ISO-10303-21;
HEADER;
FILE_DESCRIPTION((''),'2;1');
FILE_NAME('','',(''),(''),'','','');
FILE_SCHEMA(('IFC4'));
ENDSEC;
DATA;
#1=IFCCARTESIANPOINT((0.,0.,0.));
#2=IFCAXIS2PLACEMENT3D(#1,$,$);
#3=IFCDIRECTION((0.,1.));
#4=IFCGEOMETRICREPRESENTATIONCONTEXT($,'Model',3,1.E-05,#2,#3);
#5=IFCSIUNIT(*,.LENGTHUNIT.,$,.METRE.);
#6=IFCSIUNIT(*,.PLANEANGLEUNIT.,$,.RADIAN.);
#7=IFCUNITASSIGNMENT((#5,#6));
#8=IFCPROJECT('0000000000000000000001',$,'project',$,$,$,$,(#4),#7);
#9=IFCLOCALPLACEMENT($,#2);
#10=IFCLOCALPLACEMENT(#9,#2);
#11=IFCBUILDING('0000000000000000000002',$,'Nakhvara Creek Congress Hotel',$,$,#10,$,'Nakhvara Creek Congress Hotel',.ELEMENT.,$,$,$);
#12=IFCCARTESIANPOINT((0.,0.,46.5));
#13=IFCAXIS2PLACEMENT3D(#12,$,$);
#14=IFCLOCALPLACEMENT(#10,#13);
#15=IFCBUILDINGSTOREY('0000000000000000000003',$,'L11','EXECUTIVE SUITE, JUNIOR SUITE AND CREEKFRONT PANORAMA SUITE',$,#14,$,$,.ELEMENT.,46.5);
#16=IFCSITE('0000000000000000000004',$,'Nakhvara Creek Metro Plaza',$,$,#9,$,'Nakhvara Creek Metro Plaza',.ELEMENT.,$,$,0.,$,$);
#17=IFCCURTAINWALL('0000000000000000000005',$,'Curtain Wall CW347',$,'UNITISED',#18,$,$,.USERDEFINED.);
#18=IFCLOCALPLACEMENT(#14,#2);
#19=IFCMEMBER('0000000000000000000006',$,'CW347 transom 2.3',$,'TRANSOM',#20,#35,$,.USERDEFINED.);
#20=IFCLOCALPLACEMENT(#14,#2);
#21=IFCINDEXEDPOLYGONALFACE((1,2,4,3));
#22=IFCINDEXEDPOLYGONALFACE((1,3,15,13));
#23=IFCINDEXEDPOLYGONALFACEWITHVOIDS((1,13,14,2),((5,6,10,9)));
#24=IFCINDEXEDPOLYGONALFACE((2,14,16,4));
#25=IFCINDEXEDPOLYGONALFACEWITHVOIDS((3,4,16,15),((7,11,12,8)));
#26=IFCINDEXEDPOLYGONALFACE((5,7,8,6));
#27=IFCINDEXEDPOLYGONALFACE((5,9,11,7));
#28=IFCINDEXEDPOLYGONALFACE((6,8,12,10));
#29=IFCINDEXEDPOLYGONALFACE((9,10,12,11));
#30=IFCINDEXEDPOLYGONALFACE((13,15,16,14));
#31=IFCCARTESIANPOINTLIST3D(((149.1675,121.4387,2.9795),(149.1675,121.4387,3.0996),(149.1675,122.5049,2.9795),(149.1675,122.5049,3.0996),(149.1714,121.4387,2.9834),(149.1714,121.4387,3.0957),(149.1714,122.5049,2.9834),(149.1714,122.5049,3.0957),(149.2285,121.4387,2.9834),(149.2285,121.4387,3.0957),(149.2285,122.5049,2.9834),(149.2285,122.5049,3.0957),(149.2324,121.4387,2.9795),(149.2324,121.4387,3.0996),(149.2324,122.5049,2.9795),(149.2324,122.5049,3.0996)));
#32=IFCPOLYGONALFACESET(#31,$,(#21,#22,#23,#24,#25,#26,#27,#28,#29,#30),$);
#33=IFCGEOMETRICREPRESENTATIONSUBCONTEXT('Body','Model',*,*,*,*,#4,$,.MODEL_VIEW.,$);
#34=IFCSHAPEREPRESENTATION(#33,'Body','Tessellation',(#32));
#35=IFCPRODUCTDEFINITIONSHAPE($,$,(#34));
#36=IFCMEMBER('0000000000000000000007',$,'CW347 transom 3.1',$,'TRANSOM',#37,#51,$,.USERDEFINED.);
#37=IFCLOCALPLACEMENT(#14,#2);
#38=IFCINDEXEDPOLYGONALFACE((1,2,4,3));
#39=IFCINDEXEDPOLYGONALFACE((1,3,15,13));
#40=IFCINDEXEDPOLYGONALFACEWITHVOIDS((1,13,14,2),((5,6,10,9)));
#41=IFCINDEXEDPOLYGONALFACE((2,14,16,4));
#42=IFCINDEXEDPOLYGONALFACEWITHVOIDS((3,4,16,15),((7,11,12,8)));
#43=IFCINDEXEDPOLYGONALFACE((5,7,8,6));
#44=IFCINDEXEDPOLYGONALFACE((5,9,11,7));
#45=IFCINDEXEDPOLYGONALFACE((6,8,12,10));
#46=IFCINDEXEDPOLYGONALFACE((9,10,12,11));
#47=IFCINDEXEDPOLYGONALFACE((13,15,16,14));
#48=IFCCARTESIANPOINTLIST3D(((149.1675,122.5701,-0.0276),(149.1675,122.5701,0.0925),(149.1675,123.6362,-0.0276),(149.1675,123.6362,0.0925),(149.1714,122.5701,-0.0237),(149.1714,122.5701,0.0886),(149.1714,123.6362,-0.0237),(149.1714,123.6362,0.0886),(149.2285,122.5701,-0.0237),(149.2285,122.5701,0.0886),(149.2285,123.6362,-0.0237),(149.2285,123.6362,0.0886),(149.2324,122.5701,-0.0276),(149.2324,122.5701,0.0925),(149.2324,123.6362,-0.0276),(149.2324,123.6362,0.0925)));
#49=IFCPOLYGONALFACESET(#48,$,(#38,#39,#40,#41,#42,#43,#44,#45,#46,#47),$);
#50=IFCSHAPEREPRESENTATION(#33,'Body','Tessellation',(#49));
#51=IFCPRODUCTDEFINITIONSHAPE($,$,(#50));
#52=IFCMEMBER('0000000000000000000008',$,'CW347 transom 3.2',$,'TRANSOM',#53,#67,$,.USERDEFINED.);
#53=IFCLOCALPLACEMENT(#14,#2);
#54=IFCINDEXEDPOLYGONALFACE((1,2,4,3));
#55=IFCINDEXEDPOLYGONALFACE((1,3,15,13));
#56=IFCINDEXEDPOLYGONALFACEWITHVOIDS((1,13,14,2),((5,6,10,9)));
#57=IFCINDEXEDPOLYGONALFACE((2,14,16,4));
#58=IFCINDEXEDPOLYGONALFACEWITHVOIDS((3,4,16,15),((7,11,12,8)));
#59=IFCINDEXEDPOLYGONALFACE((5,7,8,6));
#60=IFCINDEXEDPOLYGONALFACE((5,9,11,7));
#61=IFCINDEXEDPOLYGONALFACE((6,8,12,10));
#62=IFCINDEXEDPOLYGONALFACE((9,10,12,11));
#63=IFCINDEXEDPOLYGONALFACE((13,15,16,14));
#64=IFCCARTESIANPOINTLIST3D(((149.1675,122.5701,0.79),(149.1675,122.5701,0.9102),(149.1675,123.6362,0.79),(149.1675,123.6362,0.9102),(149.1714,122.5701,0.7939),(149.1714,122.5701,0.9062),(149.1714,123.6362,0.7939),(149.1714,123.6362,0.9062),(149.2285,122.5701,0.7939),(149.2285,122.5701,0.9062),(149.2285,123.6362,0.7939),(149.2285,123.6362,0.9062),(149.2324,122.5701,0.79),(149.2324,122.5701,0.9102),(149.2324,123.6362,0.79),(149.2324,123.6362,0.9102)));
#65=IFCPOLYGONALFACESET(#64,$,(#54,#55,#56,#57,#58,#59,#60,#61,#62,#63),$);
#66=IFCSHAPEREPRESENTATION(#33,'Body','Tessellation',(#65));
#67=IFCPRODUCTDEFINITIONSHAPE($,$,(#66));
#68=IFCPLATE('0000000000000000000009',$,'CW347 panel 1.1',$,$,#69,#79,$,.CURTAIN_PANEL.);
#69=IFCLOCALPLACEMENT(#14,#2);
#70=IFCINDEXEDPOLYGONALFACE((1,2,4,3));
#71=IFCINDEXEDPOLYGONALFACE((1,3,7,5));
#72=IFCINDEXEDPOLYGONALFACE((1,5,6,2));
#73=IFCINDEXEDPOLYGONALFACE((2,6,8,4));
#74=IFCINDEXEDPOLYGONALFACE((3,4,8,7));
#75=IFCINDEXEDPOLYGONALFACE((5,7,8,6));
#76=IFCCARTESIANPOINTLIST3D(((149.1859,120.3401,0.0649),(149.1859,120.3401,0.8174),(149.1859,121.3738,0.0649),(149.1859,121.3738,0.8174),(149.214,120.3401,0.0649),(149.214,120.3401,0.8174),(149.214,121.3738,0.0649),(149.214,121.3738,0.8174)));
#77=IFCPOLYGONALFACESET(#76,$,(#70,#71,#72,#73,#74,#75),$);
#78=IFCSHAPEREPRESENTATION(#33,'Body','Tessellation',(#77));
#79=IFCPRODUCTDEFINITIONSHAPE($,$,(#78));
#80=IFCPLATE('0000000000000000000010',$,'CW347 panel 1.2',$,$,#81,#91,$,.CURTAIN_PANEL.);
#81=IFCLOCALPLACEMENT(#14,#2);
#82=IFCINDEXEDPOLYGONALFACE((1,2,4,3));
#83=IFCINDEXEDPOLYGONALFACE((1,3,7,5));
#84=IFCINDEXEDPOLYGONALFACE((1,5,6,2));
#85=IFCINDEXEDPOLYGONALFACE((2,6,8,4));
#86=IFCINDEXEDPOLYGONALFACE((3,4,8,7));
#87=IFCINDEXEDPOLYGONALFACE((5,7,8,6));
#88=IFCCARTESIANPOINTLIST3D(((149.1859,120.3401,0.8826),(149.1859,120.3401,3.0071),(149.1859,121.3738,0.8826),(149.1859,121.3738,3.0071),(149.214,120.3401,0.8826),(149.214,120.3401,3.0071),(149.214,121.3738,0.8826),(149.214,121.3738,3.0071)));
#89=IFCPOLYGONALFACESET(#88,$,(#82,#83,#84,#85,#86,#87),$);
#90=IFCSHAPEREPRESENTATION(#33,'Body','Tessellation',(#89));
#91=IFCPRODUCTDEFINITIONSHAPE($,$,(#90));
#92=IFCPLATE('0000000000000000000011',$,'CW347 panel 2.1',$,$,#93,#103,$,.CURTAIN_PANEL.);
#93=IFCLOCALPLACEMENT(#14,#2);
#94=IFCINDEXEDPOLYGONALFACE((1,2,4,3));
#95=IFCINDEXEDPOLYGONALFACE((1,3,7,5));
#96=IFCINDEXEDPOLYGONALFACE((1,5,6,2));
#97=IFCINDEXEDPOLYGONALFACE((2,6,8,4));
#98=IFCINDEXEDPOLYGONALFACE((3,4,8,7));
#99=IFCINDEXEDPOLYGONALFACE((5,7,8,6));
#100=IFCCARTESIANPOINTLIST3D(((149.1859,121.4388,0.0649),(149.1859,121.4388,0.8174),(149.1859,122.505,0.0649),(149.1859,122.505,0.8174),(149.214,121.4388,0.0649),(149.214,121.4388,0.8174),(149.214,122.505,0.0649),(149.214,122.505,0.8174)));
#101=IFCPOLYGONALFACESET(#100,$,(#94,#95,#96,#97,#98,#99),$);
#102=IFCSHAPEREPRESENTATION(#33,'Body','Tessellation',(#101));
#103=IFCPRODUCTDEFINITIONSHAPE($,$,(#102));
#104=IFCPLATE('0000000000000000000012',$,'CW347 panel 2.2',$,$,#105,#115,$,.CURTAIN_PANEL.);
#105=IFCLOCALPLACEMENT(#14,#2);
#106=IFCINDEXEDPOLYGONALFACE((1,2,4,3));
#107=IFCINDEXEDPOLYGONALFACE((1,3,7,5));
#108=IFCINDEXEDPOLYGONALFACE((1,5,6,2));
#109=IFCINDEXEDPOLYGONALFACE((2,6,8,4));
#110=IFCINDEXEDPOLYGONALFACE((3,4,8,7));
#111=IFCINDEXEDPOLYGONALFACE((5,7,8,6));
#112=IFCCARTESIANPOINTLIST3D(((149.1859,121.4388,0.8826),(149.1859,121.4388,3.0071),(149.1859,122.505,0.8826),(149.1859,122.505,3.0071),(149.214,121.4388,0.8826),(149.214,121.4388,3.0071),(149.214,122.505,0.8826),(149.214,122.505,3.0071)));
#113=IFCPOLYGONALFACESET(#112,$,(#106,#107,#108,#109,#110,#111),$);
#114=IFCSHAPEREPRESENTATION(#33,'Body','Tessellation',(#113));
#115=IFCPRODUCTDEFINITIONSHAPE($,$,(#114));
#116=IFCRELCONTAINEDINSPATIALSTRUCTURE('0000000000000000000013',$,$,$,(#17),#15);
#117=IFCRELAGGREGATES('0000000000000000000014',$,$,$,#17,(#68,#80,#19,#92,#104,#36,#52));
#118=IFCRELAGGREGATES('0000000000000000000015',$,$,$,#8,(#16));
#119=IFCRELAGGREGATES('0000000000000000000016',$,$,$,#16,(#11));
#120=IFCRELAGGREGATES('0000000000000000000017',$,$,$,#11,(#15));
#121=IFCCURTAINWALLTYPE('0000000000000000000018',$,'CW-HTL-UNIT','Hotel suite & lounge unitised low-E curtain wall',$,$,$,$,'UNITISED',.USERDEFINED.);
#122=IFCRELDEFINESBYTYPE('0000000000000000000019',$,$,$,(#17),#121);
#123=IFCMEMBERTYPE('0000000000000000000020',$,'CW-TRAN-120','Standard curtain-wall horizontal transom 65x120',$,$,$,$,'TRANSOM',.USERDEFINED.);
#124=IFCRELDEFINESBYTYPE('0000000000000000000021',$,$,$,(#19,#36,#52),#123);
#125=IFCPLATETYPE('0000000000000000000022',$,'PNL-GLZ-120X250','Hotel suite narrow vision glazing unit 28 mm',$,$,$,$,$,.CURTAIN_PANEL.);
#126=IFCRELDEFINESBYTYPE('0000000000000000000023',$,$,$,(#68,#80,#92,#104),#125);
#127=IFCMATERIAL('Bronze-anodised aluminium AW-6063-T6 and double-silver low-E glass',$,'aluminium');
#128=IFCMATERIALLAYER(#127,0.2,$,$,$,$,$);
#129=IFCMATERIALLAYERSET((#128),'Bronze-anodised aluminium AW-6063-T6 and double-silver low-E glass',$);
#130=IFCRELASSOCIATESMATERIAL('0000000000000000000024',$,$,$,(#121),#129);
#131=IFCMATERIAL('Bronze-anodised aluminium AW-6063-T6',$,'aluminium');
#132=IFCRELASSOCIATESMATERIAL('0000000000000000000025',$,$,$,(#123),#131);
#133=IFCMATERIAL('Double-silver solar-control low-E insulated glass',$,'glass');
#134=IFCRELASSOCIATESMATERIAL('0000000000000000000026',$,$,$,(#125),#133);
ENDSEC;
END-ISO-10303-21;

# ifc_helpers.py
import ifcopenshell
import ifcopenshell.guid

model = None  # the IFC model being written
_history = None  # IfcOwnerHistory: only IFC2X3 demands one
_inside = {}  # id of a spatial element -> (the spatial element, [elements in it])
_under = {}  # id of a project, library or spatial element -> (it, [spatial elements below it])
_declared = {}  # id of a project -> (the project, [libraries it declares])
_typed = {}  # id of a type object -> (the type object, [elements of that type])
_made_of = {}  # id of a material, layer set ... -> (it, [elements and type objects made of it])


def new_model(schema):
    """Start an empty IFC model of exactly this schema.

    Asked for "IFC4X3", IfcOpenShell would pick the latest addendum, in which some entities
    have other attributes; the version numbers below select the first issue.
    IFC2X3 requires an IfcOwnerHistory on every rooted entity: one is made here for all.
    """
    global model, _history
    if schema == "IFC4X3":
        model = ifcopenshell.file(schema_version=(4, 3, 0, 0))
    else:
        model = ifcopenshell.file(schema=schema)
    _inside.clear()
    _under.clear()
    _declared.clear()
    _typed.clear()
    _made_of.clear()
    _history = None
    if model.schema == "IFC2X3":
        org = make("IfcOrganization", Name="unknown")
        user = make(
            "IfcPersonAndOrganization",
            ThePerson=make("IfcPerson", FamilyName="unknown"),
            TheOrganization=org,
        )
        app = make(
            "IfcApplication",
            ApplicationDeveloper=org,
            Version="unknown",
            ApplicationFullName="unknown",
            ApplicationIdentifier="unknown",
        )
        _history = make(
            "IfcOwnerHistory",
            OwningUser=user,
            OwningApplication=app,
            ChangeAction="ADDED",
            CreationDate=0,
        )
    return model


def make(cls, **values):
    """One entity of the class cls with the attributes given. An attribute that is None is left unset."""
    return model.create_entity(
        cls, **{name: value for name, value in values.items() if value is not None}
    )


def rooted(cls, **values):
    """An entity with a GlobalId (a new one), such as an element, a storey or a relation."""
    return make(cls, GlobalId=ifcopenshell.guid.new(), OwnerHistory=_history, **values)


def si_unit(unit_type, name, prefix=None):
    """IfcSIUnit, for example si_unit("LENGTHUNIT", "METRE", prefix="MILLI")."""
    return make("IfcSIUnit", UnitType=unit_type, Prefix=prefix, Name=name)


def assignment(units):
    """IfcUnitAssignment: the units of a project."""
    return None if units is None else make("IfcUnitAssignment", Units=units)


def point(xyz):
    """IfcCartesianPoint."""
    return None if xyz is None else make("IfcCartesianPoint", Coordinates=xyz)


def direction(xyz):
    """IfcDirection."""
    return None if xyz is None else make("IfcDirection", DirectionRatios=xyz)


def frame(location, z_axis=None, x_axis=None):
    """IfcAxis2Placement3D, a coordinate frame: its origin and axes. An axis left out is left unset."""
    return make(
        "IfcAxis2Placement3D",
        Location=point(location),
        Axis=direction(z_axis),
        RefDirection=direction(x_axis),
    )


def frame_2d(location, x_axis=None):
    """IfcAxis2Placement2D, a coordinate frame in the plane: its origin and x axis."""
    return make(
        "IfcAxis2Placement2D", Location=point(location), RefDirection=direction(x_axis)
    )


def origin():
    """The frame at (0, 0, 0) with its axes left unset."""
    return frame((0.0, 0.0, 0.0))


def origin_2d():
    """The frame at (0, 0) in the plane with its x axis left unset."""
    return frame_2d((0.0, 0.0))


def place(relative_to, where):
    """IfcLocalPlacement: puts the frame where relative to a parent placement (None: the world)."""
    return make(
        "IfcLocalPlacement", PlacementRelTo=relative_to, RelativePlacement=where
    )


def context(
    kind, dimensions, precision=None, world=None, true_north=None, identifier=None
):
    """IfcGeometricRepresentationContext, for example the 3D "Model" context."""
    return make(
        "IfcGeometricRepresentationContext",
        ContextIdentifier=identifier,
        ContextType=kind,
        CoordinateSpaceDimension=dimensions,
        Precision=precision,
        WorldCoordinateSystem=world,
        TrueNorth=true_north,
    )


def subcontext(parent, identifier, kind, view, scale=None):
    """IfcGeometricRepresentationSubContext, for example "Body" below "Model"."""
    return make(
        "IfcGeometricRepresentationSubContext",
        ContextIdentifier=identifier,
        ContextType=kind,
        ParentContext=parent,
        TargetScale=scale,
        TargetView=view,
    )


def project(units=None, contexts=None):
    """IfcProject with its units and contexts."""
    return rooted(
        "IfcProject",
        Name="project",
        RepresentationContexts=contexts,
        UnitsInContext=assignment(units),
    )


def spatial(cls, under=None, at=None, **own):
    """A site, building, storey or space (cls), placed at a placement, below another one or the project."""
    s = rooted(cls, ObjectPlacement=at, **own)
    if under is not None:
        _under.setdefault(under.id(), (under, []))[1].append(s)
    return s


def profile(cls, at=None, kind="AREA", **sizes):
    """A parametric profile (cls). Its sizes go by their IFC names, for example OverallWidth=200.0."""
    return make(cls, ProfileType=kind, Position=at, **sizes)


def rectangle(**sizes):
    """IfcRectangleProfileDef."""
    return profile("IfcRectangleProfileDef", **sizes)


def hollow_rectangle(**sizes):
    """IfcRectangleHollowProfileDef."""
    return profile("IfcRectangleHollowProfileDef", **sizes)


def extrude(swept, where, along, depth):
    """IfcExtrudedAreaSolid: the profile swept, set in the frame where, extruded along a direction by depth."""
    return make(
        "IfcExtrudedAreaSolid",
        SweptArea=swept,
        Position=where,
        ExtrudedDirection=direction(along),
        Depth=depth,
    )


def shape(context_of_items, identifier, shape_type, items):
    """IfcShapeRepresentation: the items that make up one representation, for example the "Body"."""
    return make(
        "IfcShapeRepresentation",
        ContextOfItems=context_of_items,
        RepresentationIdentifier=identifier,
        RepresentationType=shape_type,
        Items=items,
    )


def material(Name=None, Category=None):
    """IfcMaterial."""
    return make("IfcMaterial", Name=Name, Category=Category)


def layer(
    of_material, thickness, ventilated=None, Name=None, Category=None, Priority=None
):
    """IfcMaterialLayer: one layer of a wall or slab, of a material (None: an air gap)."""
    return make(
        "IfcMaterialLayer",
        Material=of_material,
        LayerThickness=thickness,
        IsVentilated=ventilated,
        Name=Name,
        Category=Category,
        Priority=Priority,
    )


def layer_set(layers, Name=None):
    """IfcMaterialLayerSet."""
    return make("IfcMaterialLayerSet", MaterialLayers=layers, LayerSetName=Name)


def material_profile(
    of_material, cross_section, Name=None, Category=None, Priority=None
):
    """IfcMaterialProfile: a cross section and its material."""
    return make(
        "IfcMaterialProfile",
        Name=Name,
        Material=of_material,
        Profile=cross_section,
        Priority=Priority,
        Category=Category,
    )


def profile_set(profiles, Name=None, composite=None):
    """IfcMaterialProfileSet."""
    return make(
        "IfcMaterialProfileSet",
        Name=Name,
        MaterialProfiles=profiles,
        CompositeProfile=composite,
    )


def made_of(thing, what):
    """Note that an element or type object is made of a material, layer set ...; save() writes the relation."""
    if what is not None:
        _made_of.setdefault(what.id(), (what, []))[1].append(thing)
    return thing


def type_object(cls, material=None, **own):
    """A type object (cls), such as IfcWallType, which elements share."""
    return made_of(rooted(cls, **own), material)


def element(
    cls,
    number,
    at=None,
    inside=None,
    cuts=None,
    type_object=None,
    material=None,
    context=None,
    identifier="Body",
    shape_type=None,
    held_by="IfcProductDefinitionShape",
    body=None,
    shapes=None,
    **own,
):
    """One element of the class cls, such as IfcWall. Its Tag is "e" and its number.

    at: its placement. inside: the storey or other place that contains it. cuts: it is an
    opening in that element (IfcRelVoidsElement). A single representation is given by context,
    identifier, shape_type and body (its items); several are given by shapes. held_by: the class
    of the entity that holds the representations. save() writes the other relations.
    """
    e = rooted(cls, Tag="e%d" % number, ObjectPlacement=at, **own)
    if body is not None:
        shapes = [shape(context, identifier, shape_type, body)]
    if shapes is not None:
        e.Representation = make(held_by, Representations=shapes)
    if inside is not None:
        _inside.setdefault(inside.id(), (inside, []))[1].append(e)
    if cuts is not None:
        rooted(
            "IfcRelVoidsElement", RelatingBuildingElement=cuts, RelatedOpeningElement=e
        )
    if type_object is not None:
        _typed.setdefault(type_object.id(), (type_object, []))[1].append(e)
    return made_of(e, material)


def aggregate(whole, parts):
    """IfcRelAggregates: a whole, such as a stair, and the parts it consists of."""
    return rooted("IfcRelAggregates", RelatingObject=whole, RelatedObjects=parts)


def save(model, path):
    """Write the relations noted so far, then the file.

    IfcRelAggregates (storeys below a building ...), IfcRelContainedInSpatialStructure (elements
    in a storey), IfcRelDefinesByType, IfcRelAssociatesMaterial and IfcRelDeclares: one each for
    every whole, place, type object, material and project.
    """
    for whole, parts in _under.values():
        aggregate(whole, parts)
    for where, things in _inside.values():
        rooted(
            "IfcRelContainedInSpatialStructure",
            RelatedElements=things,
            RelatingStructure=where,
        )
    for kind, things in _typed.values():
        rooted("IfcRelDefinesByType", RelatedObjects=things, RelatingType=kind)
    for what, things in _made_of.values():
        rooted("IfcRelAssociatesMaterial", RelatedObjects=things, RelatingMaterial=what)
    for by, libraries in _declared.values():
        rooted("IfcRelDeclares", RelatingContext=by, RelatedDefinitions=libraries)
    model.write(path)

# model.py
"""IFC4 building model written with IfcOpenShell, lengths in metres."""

from ifc_helpers import new_model, si_unit, direction, frame, origin, origin_2d, place, context, subcontext, project, spatial, rectangle, hollow_rectangle, extrude, material, layer, layer_set, material_profile, profile_set, type_object, element, aggregate, save


model = new_model("IFC4")

# Units and contexts
model_context = context("Model", 3, precision=1e-05, world=origin(), true_north=direction((0.0, 1.0)))
body_context = subcontext(model_context, "Body", "Model", "MODEL_VIEW")
ifc_project = project(units=[si_unit("LENGTHUNIT", "METRE"), si_unit("PLANEANGLEUNIT", "RADIAN")], contexts=[model_context])

# Site, building, storey
site_placement = place(None, origin())
site = spatial("IfcSite", under=ifc_project, at=site_placement, Name="Nakhvara Creek Metro Plaza", LongName="Nakhvara Creek Metro Plaza", CompositionType="ELEMENT", RefElevation=0.0)
building_placement = place(site_placement, origin())
building = spatial("IfcBuilding", under=site, at=building_placement, Name="Nakhvara Creek Congress Hotel", LongName="Nakhvara Creek Congress Hotel", CompositionType="ELEMENT")
storey_placement = place(building_placement, frame((0.0, 0.0, 46.5)))
storey = spatial("IfcBuildingStorey", under=building, at=storey_placement, Name="L11", Description="EXECUTIVE SUITE, JUNIOR SUITE AND CREEKFRONT PANORAMA SUITE", CompositionType="ELEMENT", Elevation=46.5)

# Curtain wall, members, plates
ifc_material_1 = material(Name="Bronze-anodised aluminium AW-6063-T6 and double-silver low-E glass", Category="aluminium")
ifc_layer = layer(ifc_material_1, 0.2)
ifc_layer_set = layer_set([ifc_layer], Name="Bronze-anodised aluminium AW-6063-T6 and double-silver low-E glass")
curtain_wall_type = type_object("IfcCurtainWallType", Name="CW-HTL-UNIT", Description="Hotel suite & lounge unitised low-E curtain wall", ElementType="UNITISED", PredefinedType="USERDEFINED", material=ifc_layer_set)
curtain_wall_placement = place(storey_placement, origin())
curtain_wall = element("IfcCurtainWall", 1, at=curtain_wall_placement, inside=storey, type_object=curtain_wall_type, Name="Curtain Wall CW347", ObjectType="UNITISED", PredefinedType="USERDEFINED")
ifc_material_2 = material(Name="Bronze-anodised aluminium AW-6063-T6", Category="aluminium")
ifc_material_profile_1 = material_profile(ifc_material_2, hollow_rectangle(XDim=0.0649, YDim=0.1201, WallThickness=0.0039, at=origin_2d()), Name="ALU-TRAN 65x120x4", Category="LoadBearing")
ifc_profile_set_1 = profile_set([ifc_material_profile_1], Name="Bronze-anodised aluminium AW-6063-T6")
member_type_1 = type_object("IfcMemberType", Name="CW-TRAN-120", Description="Standard curtain-wall horizontal transom 65x120", ElementType="TRANSOM", PredefinedType="USERDEFINED", material=ifc_profile_set_1)
member_1_placement = place(storey_placement, frame((149.2, 121.4387, 3.0396), z_axis=(0.0, 1.0, 0.0), x_axis=(-1.0, 0.0, 0.0)))
member_1 = element("IfcMember", 2, at=member_1_placement, type_object=member_type_1, Name="CW347 transom 2.3", ObjectType="TRANSOM", PredefinedType="USERDEFINED", context=body_context, shape_type="SweptSolid", body=[
    extrude(hollow_rectangle(XDim=0.0649, YDim=0.1201, WallThickness=0.0039, at=origin_2d()), origin(), (0.0, 0.0, 1.0), 1.0662),
])
member_2_placement = place(storey_placement, frame((149.2, 122.5701, 0.0325), z_axis=(0.0, 1.0, 0.0), x_axis=(-1.0, 0.0, 0.0)))
member_2 = element("IfcMember", 3, at=member_2_placement, type_object=member_type_1, Name="CW347 transom 3.1", ObjectType="TRANSOM", PredefinedType="USERDEFINED", context=body_context, shape_type="SweptSolid", body=[
    extrude(hollow_rectangle(XDim=0.0649, YDim=0.1201, WallThickness=0.0039, at=origin_2d()), origin(), (0.0, 0.0, 1.0), 1.0662),
])
member_3_placement = place(storey_placement, frame((149.2, 122.5701, 0.8501), z_axis=(0.0, 1.0, 0.0), x_axis=(-1.0, 0.0, 0.0)))
member_3 = element("IfcMember", 4, at=member_3_placement, type_object=member_type_1, Name="CW347 transom 3.2", ObjectType="TRANSOM", PredefinedType="USERDEFINED", context=body_context, shape_type="SweptSolid", body=[
    extrude(hollow_rectangle(XDim=0.0649, YDim=0.1201, WallThickness=0.0039, at=origin_2d()), origin(), (0.0, 0.0, 1.0), 1.0662),
])
ifc_material_3 = material(Name="Double-silver solar-control low-E insulated glass", Category="glass")
plate_type = type_object("IfcPlateType", Name="PNL-GLZ-120X250", Description="Hotel suite narrow vision glazing unit 28 mm", PredefinedType="CURTAIN_PANEL", material=ifc_material_3)
plate_1_placement = place(storey_placement, frame((149.2, 120.8569, 0.0649), z_axis=(0.0, 0.0, 1.0), x_axis=(0.0, 1.0, 0.0)))
plate_1 = element("IfcPlate", 5, at=plate_1_placement, type_object=plate_type, Name="CW347 panel 1.1", PredefinedType="CURTAIN_PANEL", context=body_context, shape_type="SweptSolid", body=[
    extrude(rectangle(XDim=1.0337, YDim=0.0281, at=origin_2d()), origin(), (0.0, 0.0, 1.0), 0.7524),
])
plate_2_placement = place(storey_placement, frame((149.2, 120.8569, 0.8826), z_axis=(0.0, 0.0, 1.0), x_axis=(0.0, 1.0, 0.0)))
plate_2 = element("IfcPlate", 6, at=plate_2_placement, type_object=plate_type, Name="CW347 panel 1.2", PredefinedType="CURTAIN_PANEL", context=body_context, shape_type="SweptSolid", body=[
    extrude(rectangle(XDim=1.0337, YDim=0.0281, at=origin_2d()), origin(), (0.0, 0.0, 1.0), 2.1245),
])
plate_3_placement = place(storey_placement, frame((149.2, 121.9719, 0.0649), z_axis=(0.0, 0.0, 1.0), x_axis=(0.0, 1.0, 0.0)))
plate_3 = element("IfcPlate", 7, at=plate_3_placement, type_object=plate_type, Name="CW347 panel 2.1", PredefinedType="CURTAIN_PANEL", context=body_context, shape_type="SweptSolid", body=[
    extrude(rectangle(XDim=1.0662, YDim=0.0281, at=origin_2d()), origin(), (0.0, 0.0, 1.0), 0.7524),
])
plate_4_placement = place(storey_placement, frame((149.2, 121.9719, 0.8826), z_axis=(0.0, 0.0, 1.0), x_axis=(0.0, 1.0, 0.0)))
plate_4 = element("IfcPlate", 8, at=plate_4_placement, type_object=plate_type, Name="CW347 panel 2.2", PredefinedType="CURTAIN_PANEL", context=body_context, shape_type="SweptSolid", body=[
    extrude(rectangle(XDim=1.0662, YDim=0.0281, at=origin_2d()), origin(), (0.0, 0.0, 1.0), 2.1245),
])
aggregate(curtain_wall, [plate_1, plate_2, member_1, plate_3, plate_4, member_2, member_3])

save(model, "model.ifc")
